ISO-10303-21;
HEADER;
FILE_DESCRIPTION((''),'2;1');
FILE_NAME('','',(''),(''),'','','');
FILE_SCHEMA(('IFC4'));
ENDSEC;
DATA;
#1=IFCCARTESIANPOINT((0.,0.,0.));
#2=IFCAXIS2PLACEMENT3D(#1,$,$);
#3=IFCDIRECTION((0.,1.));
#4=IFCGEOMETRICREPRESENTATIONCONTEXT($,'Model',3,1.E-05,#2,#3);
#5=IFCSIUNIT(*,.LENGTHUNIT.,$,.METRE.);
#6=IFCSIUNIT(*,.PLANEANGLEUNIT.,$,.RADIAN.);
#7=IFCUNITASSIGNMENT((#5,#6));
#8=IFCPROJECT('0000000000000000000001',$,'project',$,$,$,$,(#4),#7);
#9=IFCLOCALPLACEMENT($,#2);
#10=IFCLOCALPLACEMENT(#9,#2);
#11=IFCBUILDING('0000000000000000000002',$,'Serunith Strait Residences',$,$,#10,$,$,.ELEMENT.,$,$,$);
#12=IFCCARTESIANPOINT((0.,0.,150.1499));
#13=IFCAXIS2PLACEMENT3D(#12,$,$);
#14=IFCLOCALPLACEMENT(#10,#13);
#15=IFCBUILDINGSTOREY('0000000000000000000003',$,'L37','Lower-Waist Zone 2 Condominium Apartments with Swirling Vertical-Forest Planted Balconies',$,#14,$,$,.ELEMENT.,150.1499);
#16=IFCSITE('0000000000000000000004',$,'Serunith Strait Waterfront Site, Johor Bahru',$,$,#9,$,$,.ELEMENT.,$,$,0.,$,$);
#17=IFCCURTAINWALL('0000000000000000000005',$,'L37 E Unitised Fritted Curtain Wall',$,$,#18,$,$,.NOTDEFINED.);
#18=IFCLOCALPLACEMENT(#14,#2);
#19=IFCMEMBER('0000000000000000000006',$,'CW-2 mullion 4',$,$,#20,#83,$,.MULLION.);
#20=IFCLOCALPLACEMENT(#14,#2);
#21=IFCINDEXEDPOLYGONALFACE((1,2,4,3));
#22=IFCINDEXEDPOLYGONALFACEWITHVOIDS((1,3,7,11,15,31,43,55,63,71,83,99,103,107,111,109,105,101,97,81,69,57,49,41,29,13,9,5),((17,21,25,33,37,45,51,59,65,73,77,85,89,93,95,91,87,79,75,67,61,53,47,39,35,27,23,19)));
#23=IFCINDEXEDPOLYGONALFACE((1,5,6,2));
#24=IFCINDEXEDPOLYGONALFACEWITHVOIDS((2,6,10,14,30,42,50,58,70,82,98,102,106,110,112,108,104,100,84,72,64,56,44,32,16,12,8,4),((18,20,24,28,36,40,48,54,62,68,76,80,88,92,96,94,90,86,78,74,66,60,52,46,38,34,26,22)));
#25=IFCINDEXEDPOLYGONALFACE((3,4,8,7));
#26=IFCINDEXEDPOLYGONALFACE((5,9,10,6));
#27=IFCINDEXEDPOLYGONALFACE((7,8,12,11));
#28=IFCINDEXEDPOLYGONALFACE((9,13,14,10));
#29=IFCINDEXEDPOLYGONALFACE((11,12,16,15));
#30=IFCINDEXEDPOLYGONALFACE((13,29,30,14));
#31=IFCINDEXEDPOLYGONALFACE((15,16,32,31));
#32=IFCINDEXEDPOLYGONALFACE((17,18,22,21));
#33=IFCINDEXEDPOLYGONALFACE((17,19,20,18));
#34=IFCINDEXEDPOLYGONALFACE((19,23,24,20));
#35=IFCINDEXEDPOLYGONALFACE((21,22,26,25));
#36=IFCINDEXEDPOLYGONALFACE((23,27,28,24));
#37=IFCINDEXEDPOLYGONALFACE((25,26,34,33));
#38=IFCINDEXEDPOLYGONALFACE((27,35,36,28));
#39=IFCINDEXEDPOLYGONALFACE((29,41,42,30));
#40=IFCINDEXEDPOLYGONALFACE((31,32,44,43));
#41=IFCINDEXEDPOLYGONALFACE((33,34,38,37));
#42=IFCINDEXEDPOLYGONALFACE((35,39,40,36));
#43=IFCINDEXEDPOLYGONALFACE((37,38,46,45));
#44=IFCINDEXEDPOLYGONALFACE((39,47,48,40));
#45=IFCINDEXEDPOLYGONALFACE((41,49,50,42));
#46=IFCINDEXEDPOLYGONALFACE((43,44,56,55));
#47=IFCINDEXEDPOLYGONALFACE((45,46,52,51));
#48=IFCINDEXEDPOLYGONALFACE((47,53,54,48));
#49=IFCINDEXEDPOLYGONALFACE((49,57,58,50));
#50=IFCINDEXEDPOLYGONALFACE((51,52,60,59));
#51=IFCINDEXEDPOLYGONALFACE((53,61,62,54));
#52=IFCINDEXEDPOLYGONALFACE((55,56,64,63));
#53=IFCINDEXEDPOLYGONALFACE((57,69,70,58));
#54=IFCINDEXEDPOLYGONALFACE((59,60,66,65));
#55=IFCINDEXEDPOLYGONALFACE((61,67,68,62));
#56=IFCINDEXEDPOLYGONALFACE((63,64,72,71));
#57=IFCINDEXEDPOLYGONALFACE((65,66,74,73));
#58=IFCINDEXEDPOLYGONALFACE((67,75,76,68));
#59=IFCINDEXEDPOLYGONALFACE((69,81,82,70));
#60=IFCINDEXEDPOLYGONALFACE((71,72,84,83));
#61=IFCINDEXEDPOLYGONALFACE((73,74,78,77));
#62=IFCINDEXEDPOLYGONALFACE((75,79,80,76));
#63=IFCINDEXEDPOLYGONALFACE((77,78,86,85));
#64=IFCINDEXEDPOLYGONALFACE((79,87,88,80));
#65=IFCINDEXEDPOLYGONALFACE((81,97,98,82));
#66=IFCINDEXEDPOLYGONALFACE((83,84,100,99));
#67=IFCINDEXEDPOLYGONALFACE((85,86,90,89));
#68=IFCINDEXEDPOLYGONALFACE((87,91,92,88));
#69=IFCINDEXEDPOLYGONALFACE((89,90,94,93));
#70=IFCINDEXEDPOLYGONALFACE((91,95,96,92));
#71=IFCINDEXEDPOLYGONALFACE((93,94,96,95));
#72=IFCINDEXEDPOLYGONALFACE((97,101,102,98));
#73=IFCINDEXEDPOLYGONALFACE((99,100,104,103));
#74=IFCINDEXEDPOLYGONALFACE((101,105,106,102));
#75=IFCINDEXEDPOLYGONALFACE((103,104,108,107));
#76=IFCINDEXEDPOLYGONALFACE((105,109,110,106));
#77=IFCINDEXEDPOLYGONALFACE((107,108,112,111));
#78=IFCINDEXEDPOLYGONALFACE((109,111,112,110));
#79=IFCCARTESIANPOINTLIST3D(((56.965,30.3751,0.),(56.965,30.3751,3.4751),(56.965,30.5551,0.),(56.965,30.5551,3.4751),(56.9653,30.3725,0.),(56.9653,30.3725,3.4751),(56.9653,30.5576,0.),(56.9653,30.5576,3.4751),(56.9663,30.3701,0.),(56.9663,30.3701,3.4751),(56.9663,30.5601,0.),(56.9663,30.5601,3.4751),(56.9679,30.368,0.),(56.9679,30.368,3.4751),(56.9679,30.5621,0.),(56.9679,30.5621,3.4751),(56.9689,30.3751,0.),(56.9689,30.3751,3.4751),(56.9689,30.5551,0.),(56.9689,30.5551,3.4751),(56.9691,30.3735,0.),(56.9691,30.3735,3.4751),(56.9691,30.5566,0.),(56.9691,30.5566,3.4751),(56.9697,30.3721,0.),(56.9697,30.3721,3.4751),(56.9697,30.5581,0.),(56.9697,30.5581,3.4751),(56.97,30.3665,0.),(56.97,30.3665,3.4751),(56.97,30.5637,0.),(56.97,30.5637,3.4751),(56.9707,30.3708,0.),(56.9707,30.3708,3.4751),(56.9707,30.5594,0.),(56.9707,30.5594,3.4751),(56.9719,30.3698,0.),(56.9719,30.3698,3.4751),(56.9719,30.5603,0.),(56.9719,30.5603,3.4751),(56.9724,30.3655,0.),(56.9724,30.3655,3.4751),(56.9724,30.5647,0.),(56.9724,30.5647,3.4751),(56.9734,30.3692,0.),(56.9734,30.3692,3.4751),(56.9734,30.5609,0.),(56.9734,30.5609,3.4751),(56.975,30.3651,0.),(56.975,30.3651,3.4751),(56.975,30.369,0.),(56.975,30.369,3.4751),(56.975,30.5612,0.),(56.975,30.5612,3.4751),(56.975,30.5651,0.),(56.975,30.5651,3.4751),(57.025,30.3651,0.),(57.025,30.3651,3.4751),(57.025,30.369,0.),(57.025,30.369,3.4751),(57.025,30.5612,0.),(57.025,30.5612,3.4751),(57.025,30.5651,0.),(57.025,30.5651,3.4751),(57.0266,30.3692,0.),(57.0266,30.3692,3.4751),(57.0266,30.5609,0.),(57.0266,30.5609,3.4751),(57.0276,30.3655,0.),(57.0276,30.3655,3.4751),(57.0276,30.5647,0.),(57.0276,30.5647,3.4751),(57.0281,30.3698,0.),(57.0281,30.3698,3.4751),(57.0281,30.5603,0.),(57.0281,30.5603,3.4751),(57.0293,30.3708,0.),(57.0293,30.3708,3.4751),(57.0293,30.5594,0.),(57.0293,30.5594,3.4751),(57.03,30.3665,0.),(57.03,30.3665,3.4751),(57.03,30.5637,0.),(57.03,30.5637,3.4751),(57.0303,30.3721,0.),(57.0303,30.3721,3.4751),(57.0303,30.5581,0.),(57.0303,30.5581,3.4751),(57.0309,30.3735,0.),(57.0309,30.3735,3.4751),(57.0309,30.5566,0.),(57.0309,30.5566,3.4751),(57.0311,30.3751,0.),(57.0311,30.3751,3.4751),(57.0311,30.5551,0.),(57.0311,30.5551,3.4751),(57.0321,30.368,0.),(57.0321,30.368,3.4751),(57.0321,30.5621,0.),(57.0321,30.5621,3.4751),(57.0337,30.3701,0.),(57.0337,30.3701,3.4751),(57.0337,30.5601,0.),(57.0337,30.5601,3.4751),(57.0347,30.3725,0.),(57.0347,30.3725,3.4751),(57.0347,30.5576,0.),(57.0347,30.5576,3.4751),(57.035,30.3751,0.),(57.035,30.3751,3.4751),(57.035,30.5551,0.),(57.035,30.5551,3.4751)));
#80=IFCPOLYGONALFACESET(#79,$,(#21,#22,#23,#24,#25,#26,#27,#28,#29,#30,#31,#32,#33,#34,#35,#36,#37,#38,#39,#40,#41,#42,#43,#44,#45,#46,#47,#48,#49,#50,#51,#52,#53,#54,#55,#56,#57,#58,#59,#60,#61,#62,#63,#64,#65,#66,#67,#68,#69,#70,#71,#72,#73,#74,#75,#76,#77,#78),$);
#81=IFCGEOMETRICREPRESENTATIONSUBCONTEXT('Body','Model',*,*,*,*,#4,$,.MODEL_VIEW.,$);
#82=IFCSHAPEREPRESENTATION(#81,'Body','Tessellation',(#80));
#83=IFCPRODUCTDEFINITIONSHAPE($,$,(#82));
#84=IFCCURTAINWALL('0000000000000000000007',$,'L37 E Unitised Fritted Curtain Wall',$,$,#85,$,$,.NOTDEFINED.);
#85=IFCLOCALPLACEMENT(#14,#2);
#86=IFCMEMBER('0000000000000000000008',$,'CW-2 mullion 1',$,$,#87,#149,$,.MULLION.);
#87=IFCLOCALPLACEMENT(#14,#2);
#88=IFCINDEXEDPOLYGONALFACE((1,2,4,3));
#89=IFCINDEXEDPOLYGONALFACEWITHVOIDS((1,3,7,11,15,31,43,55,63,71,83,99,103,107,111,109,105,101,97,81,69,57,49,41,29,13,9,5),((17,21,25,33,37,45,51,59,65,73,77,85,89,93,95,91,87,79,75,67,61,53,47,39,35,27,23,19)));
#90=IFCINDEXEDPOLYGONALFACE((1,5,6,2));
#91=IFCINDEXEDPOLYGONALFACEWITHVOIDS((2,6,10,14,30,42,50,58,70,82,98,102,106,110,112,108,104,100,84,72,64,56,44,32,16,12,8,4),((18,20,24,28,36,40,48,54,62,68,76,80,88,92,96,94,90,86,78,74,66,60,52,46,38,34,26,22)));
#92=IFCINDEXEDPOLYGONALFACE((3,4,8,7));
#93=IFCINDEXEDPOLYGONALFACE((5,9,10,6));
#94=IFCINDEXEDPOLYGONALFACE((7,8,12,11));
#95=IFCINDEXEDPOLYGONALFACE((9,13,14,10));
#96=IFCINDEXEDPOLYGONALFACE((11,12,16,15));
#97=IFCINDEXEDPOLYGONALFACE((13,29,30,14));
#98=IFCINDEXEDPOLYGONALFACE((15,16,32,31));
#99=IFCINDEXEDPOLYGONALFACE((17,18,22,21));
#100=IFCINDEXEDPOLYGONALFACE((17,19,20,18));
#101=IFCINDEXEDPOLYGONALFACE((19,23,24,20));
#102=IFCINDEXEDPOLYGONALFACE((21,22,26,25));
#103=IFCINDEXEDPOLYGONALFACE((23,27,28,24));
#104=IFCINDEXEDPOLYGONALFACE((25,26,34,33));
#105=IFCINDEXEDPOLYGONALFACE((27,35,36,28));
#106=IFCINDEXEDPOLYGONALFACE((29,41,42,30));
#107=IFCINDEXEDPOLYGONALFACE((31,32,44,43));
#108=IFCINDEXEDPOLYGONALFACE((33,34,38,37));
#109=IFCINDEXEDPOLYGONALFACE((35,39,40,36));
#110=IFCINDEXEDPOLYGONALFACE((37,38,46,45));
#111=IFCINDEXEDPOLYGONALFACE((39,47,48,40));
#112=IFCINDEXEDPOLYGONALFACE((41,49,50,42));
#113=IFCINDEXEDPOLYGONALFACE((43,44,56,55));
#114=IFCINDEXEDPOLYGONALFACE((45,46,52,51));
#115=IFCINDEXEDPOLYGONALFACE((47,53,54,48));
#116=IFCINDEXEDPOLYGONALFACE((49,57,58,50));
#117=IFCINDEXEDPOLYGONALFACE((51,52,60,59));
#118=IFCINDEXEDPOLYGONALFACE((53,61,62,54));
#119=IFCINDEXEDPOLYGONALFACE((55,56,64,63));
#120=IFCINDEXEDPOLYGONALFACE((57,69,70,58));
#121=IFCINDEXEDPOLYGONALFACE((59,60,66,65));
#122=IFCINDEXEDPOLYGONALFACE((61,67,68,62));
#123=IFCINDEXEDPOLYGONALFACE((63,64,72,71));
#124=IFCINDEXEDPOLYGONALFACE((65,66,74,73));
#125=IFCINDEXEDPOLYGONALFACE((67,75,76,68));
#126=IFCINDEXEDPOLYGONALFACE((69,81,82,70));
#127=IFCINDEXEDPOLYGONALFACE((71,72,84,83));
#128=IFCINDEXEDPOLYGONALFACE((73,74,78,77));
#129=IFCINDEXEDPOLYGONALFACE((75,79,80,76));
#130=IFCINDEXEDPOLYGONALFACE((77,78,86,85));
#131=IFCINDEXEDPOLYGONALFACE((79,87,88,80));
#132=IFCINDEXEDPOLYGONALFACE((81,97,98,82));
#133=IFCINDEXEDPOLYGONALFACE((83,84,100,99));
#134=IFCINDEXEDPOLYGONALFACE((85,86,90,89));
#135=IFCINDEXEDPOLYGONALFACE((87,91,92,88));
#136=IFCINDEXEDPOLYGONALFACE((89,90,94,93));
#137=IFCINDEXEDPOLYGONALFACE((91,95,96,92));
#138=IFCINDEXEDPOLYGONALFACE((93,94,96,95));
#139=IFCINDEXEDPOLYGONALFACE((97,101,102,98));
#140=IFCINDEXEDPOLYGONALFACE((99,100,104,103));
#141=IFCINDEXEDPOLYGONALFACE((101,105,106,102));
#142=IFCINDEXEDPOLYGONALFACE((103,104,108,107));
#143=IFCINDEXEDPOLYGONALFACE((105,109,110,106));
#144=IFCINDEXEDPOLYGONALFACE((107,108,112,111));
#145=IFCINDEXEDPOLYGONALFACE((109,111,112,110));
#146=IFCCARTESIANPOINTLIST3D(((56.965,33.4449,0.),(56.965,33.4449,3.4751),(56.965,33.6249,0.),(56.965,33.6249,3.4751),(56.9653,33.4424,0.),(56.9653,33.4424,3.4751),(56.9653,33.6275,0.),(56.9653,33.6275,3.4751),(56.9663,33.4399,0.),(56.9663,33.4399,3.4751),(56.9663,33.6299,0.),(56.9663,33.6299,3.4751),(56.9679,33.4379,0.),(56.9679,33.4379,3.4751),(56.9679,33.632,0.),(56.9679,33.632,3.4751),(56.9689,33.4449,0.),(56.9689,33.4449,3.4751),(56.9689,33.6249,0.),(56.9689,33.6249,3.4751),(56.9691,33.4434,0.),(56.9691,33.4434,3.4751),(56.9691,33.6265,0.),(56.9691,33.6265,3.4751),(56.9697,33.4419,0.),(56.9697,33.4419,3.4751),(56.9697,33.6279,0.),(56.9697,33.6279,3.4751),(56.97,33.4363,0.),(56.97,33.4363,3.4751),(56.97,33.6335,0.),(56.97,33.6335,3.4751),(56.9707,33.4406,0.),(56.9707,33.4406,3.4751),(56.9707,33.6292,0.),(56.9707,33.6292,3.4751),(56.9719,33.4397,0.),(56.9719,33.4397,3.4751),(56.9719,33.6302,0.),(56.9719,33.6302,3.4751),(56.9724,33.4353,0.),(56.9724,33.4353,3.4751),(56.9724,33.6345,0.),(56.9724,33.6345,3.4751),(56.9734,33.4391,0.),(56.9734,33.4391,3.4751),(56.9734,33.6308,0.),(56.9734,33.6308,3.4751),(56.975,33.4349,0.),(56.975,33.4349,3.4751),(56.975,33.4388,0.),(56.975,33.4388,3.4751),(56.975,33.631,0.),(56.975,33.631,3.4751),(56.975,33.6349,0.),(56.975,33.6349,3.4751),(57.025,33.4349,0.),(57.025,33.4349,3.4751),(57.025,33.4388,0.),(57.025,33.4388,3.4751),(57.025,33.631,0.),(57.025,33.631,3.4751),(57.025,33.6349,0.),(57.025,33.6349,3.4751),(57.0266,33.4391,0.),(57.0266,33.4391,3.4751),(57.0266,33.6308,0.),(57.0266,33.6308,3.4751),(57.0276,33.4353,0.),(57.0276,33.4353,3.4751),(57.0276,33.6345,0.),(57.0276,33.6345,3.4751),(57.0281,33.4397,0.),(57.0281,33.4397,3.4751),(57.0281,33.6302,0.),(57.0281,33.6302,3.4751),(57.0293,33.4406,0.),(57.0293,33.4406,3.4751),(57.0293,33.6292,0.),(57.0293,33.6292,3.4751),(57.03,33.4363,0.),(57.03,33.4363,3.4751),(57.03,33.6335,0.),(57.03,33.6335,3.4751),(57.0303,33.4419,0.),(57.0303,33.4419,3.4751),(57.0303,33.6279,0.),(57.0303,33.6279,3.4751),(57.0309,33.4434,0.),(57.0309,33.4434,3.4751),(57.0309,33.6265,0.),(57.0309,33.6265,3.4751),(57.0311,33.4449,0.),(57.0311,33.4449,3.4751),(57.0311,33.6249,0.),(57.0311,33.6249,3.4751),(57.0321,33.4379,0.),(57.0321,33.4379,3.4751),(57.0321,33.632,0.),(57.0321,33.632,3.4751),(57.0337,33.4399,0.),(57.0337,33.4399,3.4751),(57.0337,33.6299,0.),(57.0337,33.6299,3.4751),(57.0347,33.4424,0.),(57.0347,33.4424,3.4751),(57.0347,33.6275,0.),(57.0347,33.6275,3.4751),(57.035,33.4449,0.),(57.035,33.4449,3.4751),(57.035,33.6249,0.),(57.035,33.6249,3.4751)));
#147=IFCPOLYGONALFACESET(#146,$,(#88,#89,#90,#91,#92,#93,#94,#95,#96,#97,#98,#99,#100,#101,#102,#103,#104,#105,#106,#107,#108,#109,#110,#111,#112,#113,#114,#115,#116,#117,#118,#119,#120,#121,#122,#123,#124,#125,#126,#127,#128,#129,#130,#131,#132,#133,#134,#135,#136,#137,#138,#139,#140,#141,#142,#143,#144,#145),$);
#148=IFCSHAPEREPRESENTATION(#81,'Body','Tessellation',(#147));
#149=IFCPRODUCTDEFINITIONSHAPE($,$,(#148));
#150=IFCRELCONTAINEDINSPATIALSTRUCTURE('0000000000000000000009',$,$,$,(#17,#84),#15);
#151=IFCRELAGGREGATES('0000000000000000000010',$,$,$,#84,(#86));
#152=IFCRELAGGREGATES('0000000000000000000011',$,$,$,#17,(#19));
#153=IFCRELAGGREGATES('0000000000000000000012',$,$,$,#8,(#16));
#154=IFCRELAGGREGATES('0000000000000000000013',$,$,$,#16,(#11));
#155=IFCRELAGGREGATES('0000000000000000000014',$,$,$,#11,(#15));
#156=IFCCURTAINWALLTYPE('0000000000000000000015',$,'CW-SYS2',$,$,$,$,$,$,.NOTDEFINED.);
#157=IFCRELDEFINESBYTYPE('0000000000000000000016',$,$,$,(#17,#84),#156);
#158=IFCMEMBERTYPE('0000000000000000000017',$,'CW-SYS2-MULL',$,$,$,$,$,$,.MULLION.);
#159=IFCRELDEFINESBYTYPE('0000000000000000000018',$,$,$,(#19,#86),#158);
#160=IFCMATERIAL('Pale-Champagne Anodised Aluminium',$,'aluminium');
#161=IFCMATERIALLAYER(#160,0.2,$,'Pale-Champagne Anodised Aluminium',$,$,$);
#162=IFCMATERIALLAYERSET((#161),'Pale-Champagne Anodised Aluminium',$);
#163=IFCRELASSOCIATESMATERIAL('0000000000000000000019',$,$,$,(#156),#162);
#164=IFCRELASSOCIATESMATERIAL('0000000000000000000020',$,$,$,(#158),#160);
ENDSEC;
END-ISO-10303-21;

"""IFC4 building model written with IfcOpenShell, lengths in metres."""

from ifc_helpers import new_model, si_unit, direction, frame, origin, origin_2d, place, context, subcontext, project, spatial, hollow_rectangle, extrude, source, transform, mapped, material, layer, layer_set, material_profile, profile_set, type_object, element, aggregate, save


model = new_model("IFC4")

# Units and contexts
model_context = context("Model", 3, precision=1e-05, world=origin(), true_north=direction((0.0, 1.0)))
body_context = subcontext(model_context, "Body", "Model", "MODEL_VIEW")
ifc_project = project(units=[si_unit("LENGTHUNIT", "METRE"), si_unit("PLANEANGLEUNIT", "RADIAN")], contexts=[model_context])

# Site, building, storey
site_placement = place(None, origin())
site = spatial("IfcSite", under=ifc_project, at=site_placement, Name="Serunith Strait Waterfront Site, Johor Bahru", CompositionType="ELEMENT", RefElevation=0.0)
building_placement = place(site_placement, origin())
building = spatial("IfcBuilding", under=site, at=building_placement, Name="Serunith Strait Residences", CompositionType="ELEMENT")
storey_placement = place(building_placement, frame((0.0, 0.0, 150.1499)))
storey = spatial("IfcBuildingStorey", under=building, at=storey_placement, Name="L37", Description="Lower-Waist Zone 2 Condominium Apartments with Swirling Vertical-Forest Planted Balconies", CompositionType="ELEMENT", Elevation=150.1499)

# Curtain wall, member
ifc_material_1 = material(Name="Pale-Champagne Anodised Aluminium", Category="aluminium")
ifc_layer_1 = layer(ifc_material_1, 0.2, Name="Pale-Champagne Anodised Aluminium")
ifc_layer_set_1 = layer_set([ifc_layer_1], Name="Pale-Champagne Anodised Aluminium")
curtain_wall_type = type_object("IfcCurtainWallType", Name="CW-SYS2", PredefinedType="NOTDEFINED", material=ifc_layer_set_1)
curtain_wall_1_placement = place(storey_placement, origin())
curtain_wall_1 = element("IfcCurtainWall", 1, at=curtain_wall_1_placement, inside=storey, type_object=curtain_wall_type, Name="L37 E Unitised Fritted Curtain Wall", PredefinedType="NOTDEFINED")
ifc_material_profile_1 = material_profile(ifc_material_1, hollow_rectangle(XDim=0.0701, YDim=0.2, WallThickness=0.0039, InnerFilletRadius=0.0061, OuterFilletRadius=0.01, at=origin_2d()), Name="ALU 200x70x4")
ifc_profile_set_1 = profile_set([ifc_material_profile_1], Name="Pale-Champagne Anodised Aluminium")
member_type_1 = type_object("IfcMemberType", Name="CW-SYS2-MULL", PredefinedType="MULLION", material=ifc_profile_set_1)
shared_shape_1 = source(origin(), body_context, "Body", "SweptSolid", [
    extrude(hollow_rectangle(XDim=0.0701, YDim=0.2, WallThickness=0.0039, InnerFilletRadius=0.0061, OuterFilletRadius=0.01, at=origin_2d()), origin(), (0.0, 0.0, 1.0), 3.4751),
])
member_1_placement = place(storey_placement, frame((57.0, 30.4651, 0.0), z_axis=(0.0, 0.0, 1.0), x_axis=(-1.0, 0.0, 0.0)))
member_1 = element("IfcMember", 2, at=member_1_placement, type_object=member_type_1, Name="CW-2 mullion 4", PredefinedType="MULLION", context=body_context, shape_type="MappedRepresentation", body=[
    mapped(shared_shape_1, transform((0.0, 0.0, 0.0), scale=1.0)),
])

# Curtain wall, member
curtain_wall_2_placement = place(storey_placement, origin())
curtain_wall_2 = element("IfcCurtainWall", 3, at=curtain_wall_2_placement, inside=storey, type_object=curtain_wall_type, Name="L37 E Unitised Fritted Curtain Wall", PredefinedType="NOTDEFINED")
member_2_placement = place(storey_placement, frame((57.0, 33.5349, 0.0), z_axis=(0.0, 0.0, 1.0), x_axis=(-1.0, 0.0, 0.0)))
member_2 = element("IfcMember", 4, at=member_2_placement, type_object=member_type_1, Name="CW-2 mullion 1", PredefinedType="MULLION", context=body_context, shape_type="MappedRepresentation", body=[
    mapped(shared_shape_1, transform((0.0, 0.0, 0.0), scale=1.0)),
])
aggregate(curtain_wall_2, [member_2])

aggregate(curtain_wall_1, [member_1])

save(model, "model.ifc")
